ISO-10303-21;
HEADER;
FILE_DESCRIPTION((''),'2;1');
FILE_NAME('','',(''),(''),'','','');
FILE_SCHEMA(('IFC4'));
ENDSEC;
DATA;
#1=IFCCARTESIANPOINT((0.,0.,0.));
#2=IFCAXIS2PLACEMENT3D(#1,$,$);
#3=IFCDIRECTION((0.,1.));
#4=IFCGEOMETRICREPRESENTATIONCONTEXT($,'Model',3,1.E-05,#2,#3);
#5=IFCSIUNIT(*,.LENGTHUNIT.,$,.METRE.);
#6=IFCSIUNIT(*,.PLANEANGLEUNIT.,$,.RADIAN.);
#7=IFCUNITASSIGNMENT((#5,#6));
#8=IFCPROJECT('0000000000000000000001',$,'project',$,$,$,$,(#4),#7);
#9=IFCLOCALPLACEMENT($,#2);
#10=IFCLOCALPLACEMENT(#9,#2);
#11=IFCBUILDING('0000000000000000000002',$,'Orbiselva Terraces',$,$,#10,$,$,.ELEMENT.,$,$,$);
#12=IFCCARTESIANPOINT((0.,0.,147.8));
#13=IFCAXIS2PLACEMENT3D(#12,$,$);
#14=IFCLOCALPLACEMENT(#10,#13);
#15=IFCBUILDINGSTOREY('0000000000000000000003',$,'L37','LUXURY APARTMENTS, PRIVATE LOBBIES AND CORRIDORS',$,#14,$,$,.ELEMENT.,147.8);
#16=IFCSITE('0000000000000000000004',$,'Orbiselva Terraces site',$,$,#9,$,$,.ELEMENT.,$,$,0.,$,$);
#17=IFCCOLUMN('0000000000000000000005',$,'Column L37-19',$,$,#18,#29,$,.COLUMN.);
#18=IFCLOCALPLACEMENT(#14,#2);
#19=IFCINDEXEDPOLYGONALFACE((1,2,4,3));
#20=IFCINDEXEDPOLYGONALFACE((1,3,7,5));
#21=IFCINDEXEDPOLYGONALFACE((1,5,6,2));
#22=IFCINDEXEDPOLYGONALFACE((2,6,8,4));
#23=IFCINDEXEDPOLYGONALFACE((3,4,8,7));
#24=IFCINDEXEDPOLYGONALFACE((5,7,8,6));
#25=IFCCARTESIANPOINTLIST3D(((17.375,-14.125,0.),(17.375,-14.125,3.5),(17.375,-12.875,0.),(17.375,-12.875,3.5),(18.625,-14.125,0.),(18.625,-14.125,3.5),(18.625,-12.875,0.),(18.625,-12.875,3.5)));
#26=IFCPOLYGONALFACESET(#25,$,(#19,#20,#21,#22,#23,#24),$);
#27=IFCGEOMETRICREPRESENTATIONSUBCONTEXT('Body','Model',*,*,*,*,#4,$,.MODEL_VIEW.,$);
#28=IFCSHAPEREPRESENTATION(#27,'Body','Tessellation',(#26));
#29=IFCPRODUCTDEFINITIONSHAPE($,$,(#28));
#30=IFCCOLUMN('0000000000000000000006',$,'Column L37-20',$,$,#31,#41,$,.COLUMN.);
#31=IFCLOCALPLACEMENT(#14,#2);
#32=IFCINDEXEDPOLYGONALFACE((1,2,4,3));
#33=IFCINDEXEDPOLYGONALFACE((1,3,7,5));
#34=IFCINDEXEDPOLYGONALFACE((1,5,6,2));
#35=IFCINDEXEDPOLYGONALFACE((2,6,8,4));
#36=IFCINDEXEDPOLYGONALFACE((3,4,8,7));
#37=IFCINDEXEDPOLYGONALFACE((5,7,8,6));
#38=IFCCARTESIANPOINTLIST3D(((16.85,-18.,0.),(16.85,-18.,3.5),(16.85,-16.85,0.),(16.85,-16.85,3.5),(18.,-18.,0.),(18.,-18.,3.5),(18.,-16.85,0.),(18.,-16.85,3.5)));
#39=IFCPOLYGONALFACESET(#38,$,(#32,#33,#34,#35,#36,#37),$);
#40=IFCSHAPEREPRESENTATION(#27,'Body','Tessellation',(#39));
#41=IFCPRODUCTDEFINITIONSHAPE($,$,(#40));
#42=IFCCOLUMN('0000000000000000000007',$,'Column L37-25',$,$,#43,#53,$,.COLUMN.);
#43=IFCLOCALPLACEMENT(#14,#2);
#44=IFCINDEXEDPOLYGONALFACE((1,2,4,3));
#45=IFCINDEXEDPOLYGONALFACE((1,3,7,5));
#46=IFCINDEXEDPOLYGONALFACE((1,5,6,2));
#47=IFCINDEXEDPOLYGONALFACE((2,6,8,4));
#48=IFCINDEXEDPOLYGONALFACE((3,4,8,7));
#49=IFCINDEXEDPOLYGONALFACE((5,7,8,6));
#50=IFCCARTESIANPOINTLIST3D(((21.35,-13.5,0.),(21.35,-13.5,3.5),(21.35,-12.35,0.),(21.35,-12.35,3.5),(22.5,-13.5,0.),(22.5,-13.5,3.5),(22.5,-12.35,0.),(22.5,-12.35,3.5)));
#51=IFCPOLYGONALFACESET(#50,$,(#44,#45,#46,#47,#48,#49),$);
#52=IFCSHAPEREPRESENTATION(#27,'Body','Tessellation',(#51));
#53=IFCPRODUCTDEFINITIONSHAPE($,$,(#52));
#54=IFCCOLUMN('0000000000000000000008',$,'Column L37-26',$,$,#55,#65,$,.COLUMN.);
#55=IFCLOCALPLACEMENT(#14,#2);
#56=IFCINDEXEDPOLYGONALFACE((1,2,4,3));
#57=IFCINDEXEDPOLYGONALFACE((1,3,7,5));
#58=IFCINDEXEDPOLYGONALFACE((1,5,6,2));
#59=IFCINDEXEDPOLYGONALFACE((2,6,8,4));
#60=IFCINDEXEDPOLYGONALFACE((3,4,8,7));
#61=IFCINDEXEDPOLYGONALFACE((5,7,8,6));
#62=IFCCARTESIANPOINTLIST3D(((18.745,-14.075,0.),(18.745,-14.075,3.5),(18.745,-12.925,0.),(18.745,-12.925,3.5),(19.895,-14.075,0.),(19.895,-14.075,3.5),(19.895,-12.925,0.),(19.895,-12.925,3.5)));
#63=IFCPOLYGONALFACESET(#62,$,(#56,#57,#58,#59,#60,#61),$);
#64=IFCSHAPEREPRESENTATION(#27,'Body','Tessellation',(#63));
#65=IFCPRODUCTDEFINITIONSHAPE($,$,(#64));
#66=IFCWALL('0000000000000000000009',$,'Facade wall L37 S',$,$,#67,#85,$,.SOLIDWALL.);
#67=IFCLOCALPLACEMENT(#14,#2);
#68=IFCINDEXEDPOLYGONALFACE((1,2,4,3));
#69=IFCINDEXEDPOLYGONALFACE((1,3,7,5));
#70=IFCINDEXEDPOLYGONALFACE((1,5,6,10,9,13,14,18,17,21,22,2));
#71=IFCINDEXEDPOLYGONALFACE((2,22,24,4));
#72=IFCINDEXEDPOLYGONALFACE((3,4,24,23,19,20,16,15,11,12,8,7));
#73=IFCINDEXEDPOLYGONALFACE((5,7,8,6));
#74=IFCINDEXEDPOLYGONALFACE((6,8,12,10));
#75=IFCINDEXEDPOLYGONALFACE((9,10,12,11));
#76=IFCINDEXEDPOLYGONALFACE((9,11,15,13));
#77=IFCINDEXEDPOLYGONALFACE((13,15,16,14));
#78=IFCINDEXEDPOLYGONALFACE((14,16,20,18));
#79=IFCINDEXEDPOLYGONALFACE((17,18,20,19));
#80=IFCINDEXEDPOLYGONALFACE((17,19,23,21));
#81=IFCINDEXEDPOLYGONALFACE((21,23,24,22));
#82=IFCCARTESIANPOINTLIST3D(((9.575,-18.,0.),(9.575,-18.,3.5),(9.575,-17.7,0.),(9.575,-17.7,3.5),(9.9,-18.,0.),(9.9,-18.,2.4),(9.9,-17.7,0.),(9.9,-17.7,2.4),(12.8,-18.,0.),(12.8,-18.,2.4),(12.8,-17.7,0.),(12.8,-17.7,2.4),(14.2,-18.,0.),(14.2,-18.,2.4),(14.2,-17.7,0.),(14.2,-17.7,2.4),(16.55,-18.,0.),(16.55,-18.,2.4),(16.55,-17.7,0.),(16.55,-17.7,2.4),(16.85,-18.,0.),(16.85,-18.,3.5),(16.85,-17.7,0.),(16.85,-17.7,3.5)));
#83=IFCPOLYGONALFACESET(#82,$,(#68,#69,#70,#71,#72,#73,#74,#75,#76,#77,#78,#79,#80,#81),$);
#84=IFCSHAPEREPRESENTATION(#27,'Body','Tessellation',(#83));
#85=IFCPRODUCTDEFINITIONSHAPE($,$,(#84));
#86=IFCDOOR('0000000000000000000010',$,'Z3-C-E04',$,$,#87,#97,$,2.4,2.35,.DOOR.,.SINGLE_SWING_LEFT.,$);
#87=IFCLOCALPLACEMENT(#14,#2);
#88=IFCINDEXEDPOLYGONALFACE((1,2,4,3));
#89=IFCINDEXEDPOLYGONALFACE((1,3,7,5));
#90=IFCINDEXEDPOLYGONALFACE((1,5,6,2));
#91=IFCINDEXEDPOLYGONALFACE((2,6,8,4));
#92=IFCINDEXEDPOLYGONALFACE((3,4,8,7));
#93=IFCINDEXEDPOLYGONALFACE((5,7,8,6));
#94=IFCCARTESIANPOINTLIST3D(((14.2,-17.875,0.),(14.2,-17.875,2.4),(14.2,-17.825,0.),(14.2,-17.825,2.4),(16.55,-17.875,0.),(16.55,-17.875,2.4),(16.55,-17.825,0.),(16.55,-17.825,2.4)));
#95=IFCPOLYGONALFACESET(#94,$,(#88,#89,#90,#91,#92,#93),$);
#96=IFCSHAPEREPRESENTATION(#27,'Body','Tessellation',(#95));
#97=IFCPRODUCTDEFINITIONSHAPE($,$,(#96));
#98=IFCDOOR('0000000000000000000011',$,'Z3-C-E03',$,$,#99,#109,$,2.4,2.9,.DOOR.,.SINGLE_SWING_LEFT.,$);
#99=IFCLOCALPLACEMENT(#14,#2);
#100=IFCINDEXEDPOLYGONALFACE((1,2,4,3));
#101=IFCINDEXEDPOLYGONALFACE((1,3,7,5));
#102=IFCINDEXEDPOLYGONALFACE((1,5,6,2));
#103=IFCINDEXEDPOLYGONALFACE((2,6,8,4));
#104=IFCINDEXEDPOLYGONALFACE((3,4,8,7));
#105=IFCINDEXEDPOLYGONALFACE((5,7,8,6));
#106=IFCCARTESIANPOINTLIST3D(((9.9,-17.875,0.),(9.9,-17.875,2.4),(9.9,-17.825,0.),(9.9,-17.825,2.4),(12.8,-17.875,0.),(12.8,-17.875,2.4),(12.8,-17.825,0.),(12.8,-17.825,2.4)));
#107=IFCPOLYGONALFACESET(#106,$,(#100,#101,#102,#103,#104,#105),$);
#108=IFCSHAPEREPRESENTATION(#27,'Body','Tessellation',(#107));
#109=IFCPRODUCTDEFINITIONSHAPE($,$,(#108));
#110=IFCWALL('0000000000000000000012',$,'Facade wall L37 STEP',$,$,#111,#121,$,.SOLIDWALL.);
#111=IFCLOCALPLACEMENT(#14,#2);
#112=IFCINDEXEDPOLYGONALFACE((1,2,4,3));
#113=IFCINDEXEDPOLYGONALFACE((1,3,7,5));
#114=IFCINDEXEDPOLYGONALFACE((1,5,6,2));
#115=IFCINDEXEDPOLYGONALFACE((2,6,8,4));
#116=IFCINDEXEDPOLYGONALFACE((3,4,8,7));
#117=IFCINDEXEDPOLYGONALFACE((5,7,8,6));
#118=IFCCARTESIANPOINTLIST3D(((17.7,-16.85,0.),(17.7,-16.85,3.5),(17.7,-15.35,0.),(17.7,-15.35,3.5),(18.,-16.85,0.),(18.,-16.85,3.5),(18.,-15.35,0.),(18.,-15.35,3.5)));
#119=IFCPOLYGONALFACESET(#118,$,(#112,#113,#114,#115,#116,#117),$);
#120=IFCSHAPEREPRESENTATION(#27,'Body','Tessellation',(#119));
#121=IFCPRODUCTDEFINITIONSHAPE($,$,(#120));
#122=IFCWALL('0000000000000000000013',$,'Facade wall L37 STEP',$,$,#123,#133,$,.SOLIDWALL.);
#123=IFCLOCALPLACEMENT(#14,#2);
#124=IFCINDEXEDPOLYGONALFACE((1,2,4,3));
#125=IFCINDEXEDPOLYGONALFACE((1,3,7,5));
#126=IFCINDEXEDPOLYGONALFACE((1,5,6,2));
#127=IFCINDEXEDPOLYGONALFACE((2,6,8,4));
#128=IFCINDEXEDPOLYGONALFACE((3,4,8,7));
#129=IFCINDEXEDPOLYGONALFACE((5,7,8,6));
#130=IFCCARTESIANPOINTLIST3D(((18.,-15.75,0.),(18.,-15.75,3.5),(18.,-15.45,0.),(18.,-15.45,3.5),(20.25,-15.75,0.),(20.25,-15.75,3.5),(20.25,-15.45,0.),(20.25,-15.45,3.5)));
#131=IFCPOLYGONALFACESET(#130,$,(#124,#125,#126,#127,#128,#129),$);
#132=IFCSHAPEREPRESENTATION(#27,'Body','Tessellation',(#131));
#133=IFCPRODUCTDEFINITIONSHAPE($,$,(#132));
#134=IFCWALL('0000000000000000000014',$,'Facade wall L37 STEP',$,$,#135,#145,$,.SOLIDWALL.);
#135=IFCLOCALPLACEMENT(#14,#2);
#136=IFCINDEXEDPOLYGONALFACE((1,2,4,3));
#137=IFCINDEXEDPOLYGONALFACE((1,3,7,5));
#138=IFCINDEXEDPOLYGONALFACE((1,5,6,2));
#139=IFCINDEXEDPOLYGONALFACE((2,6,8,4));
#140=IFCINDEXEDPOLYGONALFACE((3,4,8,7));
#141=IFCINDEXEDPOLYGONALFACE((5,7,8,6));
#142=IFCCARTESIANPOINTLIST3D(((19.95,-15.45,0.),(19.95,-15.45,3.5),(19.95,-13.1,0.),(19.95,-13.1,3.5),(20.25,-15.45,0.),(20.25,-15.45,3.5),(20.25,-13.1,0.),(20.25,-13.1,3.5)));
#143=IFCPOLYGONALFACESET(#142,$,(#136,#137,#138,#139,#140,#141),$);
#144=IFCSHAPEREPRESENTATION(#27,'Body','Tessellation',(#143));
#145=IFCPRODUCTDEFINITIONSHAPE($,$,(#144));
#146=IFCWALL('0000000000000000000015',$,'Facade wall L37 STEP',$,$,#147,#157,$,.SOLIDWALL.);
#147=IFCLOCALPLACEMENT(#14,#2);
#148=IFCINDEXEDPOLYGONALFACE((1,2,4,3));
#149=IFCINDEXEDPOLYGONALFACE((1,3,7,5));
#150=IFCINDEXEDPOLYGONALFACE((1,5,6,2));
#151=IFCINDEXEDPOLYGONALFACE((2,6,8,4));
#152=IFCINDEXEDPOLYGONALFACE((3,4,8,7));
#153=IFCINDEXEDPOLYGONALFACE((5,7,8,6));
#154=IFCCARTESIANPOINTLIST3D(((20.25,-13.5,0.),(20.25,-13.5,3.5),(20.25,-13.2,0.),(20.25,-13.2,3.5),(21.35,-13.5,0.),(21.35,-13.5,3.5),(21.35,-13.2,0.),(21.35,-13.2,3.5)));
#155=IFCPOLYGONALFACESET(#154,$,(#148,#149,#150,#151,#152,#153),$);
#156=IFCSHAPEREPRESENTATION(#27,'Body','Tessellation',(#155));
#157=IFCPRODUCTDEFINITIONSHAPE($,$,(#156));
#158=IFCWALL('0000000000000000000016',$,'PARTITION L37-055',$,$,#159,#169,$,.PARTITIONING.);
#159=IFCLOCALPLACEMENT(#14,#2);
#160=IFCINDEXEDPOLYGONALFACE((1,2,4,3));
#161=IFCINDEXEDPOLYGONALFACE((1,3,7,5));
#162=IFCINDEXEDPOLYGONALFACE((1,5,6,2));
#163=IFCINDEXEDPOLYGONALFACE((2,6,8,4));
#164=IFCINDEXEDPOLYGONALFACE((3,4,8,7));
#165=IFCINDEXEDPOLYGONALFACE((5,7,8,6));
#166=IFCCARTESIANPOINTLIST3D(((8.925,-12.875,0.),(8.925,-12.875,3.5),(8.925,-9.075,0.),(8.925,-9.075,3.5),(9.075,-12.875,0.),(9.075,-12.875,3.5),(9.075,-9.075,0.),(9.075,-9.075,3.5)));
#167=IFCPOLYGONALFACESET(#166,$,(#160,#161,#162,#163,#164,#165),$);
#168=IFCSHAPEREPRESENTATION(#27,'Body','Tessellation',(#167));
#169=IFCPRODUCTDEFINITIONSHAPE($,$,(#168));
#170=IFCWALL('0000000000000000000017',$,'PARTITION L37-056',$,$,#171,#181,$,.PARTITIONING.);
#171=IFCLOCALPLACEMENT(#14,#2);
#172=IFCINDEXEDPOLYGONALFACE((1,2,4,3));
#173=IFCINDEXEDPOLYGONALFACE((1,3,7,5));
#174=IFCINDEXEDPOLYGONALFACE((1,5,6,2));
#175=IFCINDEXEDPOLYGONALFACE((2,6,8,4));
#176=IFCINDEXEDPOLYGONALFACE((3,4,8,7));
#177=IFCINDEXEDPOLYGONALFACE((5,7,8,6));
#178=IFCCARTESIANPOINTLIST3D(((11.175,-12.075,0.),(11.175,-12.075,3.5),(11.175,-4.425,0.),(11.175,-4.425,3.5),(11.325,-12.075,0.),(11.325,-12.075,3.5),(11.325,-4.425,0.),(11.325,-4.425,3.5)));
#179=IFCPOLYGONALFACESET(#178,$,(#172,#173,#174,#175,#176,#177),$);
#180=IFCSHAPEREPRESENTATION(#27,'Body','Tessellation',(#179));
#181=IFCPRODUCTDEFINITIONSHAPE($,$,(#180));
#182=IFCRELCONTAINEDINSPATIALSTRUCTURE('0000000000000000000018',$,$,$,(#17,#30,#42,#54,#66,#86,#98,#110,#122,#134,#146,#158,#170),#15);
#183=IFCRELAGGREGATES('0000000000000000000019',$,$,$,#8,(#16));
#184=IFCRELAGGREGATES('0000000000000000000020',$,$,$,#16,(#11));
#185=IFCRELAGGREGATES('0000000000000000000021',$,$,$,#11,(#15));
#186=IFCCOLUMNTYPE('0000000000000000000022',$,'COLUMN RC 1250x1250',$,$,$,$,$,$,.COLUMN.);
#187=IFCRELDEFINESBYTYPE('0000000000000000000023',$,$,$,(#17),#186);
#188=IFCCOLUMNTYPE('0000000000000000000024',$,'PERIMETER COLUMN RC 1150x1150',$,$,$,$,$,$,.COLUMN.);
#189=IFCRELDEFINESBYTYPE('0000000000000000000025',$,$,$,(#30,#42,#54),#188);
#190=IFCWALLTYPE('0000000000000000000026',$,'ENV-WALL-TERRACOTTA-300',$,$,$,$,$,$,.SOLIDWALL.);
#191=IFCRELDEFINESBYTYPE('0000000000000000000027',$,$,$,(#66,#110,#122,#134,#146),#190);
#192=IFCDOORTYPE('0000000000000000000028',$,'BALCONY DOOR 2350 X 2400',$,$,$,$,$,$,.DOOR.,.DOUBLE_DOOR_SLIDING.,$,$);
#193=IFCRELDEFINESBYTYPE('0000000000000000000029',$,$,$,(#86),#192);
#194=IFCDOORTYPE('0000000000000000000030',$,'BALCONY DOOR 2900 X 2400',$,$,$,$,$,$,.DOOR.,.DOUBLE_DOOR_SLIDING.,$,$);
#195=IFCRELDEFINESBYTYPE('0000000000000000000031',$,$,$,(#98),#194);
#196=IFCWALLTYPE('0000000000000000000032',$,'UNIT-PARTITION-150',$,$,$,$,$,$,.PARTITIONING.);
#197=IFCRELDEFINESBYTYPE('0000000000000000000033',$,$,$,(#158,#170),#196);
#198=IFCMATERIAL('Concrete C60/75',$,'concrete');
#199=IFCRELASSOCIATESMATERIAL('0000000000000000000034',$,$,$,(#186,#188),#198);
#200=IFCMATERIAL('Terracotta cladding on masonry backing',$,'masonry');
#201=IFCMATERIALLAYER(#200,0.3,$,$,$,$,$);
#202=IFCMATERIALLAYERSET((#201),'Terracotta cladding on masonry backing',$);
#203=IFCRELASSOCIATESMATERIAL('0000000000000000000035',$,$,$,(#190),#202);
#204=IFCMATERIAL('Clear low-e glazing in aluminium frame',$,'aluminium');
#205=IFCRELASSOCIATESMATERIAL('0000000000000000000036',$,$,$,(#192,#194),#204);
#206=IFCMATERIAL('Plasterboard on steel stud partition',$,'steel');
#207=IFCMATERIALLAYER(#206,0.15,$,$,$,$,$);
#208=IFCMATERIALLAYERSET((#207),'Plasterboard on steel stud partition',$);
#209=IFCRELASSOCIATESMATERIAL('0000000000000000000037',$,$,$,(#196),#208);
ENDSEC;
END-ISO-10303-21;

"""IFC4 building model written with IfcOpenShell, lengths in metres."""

from ifc_helpers import new_model, si_unit, direction, frame, frame_2d, origin, origin_2d, place, context, subcontext, project, spatial, rectangle, extrude, material, layer, layer_set, material_profile, profile_set, type_object, element, fill, save


model = new_model("IFC4")

# Units and contexts
model_context = context("Model", 3, precision=1e-05, world=origin(), true_north=direction((0.0, 1.0)))
body_context = subcontext(model_context, "Body", "Model", "MODEL_VIEW")
ifc_project = project(units=[si_unit("LENGTHUNIT", "METRE"), si_unit("PLANEANGLEUNIT", "RADIAN")], contexts=[model_context])

# Site, building, storey
site_placement = place(None, origin())
site = spatial("IfcSite", under=ifc_project, at=site_placement, Name="Orbiselva Terraces site", CompositionType="ELEMENT", RefElevation=0.0)
building_placement = place(site_placement, origin())
building = spatial("IfcBuilding", under=site, at=building_placement, Name="Orbiselva Terraces", CompositionType="ELEMENT")
storey_placement = place(building_placement, frame((0.0, 0.0, 147.8)))
storey = spatial("IfcBuildingStorey", under=building, at=storey_placement, Name="L37", Description="LUXURY APARTMENTS, PRIVATE LOBBIES AND CORRIDORS", CompositionType="ELEMENT", Elevation=147.8)

# Columns
ifc_material_1 = material(Name="Concrete C60/75", Category="concrete")
ifc_material_profile_1 = material_profile(ifc_material_1, rectangle(XDim=1.25, YDim=1.25, at=origin_2d()), Name="RC 1250x1250")
ifc_profile_set_1 = profile_set([ifc_material_profile_1], Name="Concrete C60/75")
column_type_1 = type_object("IfcColumnType", Name="COLUMN RC 1250x1250", PredefinedType="COLUMN", material=ifc_profile_set_1)
column_placement = place(storey_placement, frame((18.0, -13.5, 0.0), z_axis=(0.0, 0.0, 1.0), x_axis=(1.0, 0.0, 0.0)))
element("IfcColumn", 1, at=column_placement, inside=storey, type_object=column_type_1, Name="Column L37-19", PredefinedType="COLUMN", context=body_context, shape_type="SweptSolid", body=[
    extrude(rectangle(XDim=1.25, YDim=1.25, at=origin_2d()), origin(), (0.0, 0.0, 1.0), 3.5),
])
ifc_material_profile_2 = material_profile(ifc_material_1, rectangle(XDim=1.15, YDim=1.15, at=origin_2d()), Name="RC 1150x1150")
ifc_profile_set_2 = profile_set([ifc_material_profile_2], Name="Concrete C60/75")
column_type_2 = type_object("IfcColumnType", Name="PERIMETER COLUMN RC 1150x1150", PredefinedType="COLUMN", material=ifc_profile_set_2)
for number, where, z_axis, x_axis, name in (
    (2, (17.425, -17.425, 0.0), (0.0, 0.0, 1.0), (1.0, 0.0, 0.0), "Column L37-20"),
    (3, (21.925, -12.925, 0.0), (0.0, 0.0, 1.0), (1.0, 0.0, 0.0), "Column L37-25"),
    (4, (19.32, -13.5, 0.0), (0.0, 0.0, 1.0), (1.0, 0.0, 0.0), "Column L37-26"),
):
    element("IfcColumn", number, at=place(storey_placement, frame(where, z_axis=z_axis, x_axis=x_axis)), inside=storey, type_object=column_type_2, Name=name, PredefinedType="COLUMN", context=body_context, shape_type="SweptSolid", body=[
        extrude(rectangle(XDim=1.15, YDim=1.15, at=origin_2d()), origin(), (0.0, 0.0, 1.0), 3.5),
    ])

# Wall, openings, doors
ifc_material_2 = material(Name="Terracotta cladding on masonry backing", Category="masonry")
ifc_layer_1 = layer(ifc_material_2, 0.3)
ifc_layer_set_1 = layer_set([ifc_layer_1], Name="Terracotta cladding on masonry backing")
wall_type_1 = type_object("IfcWallType", Name="ENV-WALL-TERRACOTTA-300", PredefinedType="SOLIDWALL", material=ifc_layer_set_1)
wall_1_placement = place(storey_placement, frame((16.85, -17.85, 0.0), z_axis=(0.0, 0.0, 1.0), x_axis=(-1.0, 0.0, 0.0)))
wall_1 = element("IfcWall", 5, at=wall_1_placement, inside=storey, type_object=wall_type_1, Name="Facade wall L37 S", PredefinedType="SOLIDWALL", context=body_context, shape_type="SweptSolid", body=[
    extrude(rectangle(XDim=7.275, YDim=0.3, at=frame_2d((3.6375, 0.0))), origin(), (0.0, 0.0, 1.0), 3.5),
])
opening_1_placement = place(wall_1_placement, frame((4.05, 0.0, 0.0)))
opening_1 = element("IfcOpeningElement", 6, at=opening_1_placement, cuts=wall_1, PredefinedType="OPENING", context=body_context, shape_type="SweptSolid", body=[
    extrude(rectangle(XDim=2.9, YDim=2.4, at=frame_2d((1.45, 1.2))), frame((0.0, 0.16, 0.0), z_axis=(0.0, -1.0, 0.0), x_axis=(1.0, 0.0, 0.0)), (0.0, 0.0, 1.0), 0.32),
])
opening_2_placement = place(wall_1_placement, frame((0.3, 0.0, 0.0)))
opening_2 = element("IfcOpeningElement", 7, at=opening_2_placement, cuts=wall_1, PredefinedType="OPENING", context=body_context, shape_type="SweptSolid", body=[
    extrude(rectangle(XDim=2.35, YDim=2.4, at=frame_2d((1.175, 1.2))), frame((0.0, 0.16, 0.0), z_axis=(0.0, -1.0, 0.0), x_axis=(1.0, 0.0, 0.0)), (0.0, 0.0, 1.0), 0.32),
])
ifc_material_3 = material(Name="Clear low-e glazing in aluminium frame", Category="aluminium")
door_type_1 = type_object("IfcDoorType", Name="BALCONY DOOR 2350 X 2400", OperationType="DOUBLE_DOOR_SLIDING", PredefinedType="DOOR", material=ifc_material_3)
door_1_placement = place(opening_2_placement, origin())
door_1 = element("IfcDoor", 8, at=door_1_placement, inside=storey, type_object=door_type_1, Name="Z3-C-E04", OperationType="SINGLE_SWING_LEFT", OverallHeight=2.4, OverallWidth=2.35, PredefinedType="DOOR", context=body_context, shape_type="SweptSolid", body=[
    extrude(rectangle(XDim=2.35, YDim=2.4, at=frame_2d((1.175, 1.2))), frame((0.0, 0.025, 0.0), z_axis=(0.0, -1.0, 0.0), x_axis=(1.0, 0.0, 0.0)), (0.0, 0.0, 1.0), 0.05),
])
fill(opening_2, door_1)
door_type_2 = type_object("IfcDoorType", Name="BALCONY DOOR 2900 X 2400", OperationType="DOUBLE_DOOR_SLIDING", PredefinedType="DOOR", material=ifc_material_3)
door_2_placement = place(opening_1_placement, origin())
door_2 = element("IfcDoor", 9, at=door_2_placement, inside=storey, type_object=door_type_2, Name="Z3-C-E03", OperationType="SINGLE_SWING_LEFT", OverallHeight=2.4, OverallWidth=2.9, PredefinedType="DOOR", context=body_context, shape_type="SweptSolid", body=[
    extrude(rectangle(XDim=2.9, YDim=2.4, at=frame_2d((1.45, 1.2))), frame((0.0, 0.025, 0.0), z_axis=(0.0, -1.0, 0.0), x_axis=(1.0, 0.0, 0.0)), (0.0, 0.0, 1.0), 0.05),
])
fill(opening_1, door_2)

# Walls
wall_2_placement = place(storey_placement, frame((17.85, -15.35, 0.0), z_axis=(0.0, 0.0, 1.0), x_axis=(0.0, -1.0, 0.0)))
element("IfcWall", 10, at=wall_2_placement, inside=storey, type_object=wall_type_1, Name="Facade wall L37 STEP", PredefinedType="SOLIDWALL", context=body_context, shape_type="SweptSolid", body=[
    extrude(rectangle(XDim=1.5, YDim=0.3, at=frame_2d((0.75, 0.0))), origin(), (0.0, 0.0, 1.0), 3.5),
])
wall_3_placement = place(storey_placement, frame((20.25, -15.6, 0.0), z_axis=(0.0, 0.0, 1.0), x_axis=(-1.0, 0.0, 0.0)))
element("IfcWall", 11, at=wall_3_placement, inside=storey, type_object=wall_type_1, Name="Facade wall L37 STEP", PredefinedType="SOLIDWALL", context=body_context, shape_type="SweptSolid", body=[
    extrude(rectangle(XDim=2.25, YDim=0.3, at=frame_2d((1.125, 0.0))), origin(), (0.0, 0.0, 1.0), 3.5),
])
wall_4_placement = place(storey_placement, frame((20.1, -13.1, 0.0), z_axis=(0.0, 0.0, 1.0), x_axis=(0.0, -1.0, 0.0)))
element("IfcWall", 12, at=wall_4_placement, inside=storey, type_object=wall_type_1, Name="Facade wall L37 STEP", PredefinedType="SOLIDWALL", context=body_context, shape_type="SweptSolid", body=[
    extrude(rectangle(XDim=2.35, YDim=0.3, at=frame_2d((1.175, 0.0))), origin(), (0.0, 0.0, 1.0), 3.5),
])
wall_5_placement = place(storey_placement, frame((21.35, -13.35, 0.0), z_axis=(0.0, 0.0, 1.0), x_axis=(-1.0, 0.0, 0.0)))
element("IfcWall", 13, at=wall_5_placement, inside=storey, type_object=wall_type_1, Name="Facade wall L37 STEP", PredefinedType="SOLIDWALL", context=body_context, shape_type="SweptSolid", body=[
    extrude(rectangle(XDim=1.1, YDim=0.3, at=frame_2d((0.55, 0.0))), origin(), (0.0, 0.0, 1.0), 3.5),
])
ifc_material_4 = material(Name="Plasterboard on steel stud partition", Category="steel")
ifc_layer_2 = layer(ifc_material_4, 0.15)
ifc_layer_set_2 = layer_set([ifc_layer_2], Name="Plasterboard on steel stud partition")
wall_type_2 = type_object("IfcWallType", Name="UNIT-PARTITION-150", PredefinedType="PARTITIONING", material=ifc_layer_set_2)
wall_6_placement = place(storey_placement, frame((9.0, -12.875, 0.0), z_axis=(0.0, 0.0, 1.0), x_axis=(0.0, 1.0, 0.0)))
element("IfcWall", 14, at=wall_6_placement, inside=storey, type_object=wall_type_2, Name="PARTITION L37-055", PredefinedType="PARTITIONING", context=body_context, shape_type="SweptSolid", body=[
    extrude(rectangle(XDim=3.8, YDim=0.15, at=frame_2d((1.9, 0.0))), origin(), (0.0, 0.0, 1.0), 3.5),
])
wall_7_placement = place(storey_placement, frame((11.25, -12.075, 0.0), z_axis=(0.0, 0.0, 1.0), x_axis=(0.0, 1.0, 0.0)))
element("IfcWall", 15, at=wall_7_placement, inside=storey, type_object=wall_type_2, Name="PARTITION L37-056", PredefinedType="PARTITIONING", context=body_context, shape_type="SweptSolid", body=[
    extrude(rectangle(XDim=7.65, YDim=0.15, at=frame_2d((3.825, 0.0))), origin(), (0.0, 0.0, 1.0), 3.5),
])

save(model, "model.ifc")
